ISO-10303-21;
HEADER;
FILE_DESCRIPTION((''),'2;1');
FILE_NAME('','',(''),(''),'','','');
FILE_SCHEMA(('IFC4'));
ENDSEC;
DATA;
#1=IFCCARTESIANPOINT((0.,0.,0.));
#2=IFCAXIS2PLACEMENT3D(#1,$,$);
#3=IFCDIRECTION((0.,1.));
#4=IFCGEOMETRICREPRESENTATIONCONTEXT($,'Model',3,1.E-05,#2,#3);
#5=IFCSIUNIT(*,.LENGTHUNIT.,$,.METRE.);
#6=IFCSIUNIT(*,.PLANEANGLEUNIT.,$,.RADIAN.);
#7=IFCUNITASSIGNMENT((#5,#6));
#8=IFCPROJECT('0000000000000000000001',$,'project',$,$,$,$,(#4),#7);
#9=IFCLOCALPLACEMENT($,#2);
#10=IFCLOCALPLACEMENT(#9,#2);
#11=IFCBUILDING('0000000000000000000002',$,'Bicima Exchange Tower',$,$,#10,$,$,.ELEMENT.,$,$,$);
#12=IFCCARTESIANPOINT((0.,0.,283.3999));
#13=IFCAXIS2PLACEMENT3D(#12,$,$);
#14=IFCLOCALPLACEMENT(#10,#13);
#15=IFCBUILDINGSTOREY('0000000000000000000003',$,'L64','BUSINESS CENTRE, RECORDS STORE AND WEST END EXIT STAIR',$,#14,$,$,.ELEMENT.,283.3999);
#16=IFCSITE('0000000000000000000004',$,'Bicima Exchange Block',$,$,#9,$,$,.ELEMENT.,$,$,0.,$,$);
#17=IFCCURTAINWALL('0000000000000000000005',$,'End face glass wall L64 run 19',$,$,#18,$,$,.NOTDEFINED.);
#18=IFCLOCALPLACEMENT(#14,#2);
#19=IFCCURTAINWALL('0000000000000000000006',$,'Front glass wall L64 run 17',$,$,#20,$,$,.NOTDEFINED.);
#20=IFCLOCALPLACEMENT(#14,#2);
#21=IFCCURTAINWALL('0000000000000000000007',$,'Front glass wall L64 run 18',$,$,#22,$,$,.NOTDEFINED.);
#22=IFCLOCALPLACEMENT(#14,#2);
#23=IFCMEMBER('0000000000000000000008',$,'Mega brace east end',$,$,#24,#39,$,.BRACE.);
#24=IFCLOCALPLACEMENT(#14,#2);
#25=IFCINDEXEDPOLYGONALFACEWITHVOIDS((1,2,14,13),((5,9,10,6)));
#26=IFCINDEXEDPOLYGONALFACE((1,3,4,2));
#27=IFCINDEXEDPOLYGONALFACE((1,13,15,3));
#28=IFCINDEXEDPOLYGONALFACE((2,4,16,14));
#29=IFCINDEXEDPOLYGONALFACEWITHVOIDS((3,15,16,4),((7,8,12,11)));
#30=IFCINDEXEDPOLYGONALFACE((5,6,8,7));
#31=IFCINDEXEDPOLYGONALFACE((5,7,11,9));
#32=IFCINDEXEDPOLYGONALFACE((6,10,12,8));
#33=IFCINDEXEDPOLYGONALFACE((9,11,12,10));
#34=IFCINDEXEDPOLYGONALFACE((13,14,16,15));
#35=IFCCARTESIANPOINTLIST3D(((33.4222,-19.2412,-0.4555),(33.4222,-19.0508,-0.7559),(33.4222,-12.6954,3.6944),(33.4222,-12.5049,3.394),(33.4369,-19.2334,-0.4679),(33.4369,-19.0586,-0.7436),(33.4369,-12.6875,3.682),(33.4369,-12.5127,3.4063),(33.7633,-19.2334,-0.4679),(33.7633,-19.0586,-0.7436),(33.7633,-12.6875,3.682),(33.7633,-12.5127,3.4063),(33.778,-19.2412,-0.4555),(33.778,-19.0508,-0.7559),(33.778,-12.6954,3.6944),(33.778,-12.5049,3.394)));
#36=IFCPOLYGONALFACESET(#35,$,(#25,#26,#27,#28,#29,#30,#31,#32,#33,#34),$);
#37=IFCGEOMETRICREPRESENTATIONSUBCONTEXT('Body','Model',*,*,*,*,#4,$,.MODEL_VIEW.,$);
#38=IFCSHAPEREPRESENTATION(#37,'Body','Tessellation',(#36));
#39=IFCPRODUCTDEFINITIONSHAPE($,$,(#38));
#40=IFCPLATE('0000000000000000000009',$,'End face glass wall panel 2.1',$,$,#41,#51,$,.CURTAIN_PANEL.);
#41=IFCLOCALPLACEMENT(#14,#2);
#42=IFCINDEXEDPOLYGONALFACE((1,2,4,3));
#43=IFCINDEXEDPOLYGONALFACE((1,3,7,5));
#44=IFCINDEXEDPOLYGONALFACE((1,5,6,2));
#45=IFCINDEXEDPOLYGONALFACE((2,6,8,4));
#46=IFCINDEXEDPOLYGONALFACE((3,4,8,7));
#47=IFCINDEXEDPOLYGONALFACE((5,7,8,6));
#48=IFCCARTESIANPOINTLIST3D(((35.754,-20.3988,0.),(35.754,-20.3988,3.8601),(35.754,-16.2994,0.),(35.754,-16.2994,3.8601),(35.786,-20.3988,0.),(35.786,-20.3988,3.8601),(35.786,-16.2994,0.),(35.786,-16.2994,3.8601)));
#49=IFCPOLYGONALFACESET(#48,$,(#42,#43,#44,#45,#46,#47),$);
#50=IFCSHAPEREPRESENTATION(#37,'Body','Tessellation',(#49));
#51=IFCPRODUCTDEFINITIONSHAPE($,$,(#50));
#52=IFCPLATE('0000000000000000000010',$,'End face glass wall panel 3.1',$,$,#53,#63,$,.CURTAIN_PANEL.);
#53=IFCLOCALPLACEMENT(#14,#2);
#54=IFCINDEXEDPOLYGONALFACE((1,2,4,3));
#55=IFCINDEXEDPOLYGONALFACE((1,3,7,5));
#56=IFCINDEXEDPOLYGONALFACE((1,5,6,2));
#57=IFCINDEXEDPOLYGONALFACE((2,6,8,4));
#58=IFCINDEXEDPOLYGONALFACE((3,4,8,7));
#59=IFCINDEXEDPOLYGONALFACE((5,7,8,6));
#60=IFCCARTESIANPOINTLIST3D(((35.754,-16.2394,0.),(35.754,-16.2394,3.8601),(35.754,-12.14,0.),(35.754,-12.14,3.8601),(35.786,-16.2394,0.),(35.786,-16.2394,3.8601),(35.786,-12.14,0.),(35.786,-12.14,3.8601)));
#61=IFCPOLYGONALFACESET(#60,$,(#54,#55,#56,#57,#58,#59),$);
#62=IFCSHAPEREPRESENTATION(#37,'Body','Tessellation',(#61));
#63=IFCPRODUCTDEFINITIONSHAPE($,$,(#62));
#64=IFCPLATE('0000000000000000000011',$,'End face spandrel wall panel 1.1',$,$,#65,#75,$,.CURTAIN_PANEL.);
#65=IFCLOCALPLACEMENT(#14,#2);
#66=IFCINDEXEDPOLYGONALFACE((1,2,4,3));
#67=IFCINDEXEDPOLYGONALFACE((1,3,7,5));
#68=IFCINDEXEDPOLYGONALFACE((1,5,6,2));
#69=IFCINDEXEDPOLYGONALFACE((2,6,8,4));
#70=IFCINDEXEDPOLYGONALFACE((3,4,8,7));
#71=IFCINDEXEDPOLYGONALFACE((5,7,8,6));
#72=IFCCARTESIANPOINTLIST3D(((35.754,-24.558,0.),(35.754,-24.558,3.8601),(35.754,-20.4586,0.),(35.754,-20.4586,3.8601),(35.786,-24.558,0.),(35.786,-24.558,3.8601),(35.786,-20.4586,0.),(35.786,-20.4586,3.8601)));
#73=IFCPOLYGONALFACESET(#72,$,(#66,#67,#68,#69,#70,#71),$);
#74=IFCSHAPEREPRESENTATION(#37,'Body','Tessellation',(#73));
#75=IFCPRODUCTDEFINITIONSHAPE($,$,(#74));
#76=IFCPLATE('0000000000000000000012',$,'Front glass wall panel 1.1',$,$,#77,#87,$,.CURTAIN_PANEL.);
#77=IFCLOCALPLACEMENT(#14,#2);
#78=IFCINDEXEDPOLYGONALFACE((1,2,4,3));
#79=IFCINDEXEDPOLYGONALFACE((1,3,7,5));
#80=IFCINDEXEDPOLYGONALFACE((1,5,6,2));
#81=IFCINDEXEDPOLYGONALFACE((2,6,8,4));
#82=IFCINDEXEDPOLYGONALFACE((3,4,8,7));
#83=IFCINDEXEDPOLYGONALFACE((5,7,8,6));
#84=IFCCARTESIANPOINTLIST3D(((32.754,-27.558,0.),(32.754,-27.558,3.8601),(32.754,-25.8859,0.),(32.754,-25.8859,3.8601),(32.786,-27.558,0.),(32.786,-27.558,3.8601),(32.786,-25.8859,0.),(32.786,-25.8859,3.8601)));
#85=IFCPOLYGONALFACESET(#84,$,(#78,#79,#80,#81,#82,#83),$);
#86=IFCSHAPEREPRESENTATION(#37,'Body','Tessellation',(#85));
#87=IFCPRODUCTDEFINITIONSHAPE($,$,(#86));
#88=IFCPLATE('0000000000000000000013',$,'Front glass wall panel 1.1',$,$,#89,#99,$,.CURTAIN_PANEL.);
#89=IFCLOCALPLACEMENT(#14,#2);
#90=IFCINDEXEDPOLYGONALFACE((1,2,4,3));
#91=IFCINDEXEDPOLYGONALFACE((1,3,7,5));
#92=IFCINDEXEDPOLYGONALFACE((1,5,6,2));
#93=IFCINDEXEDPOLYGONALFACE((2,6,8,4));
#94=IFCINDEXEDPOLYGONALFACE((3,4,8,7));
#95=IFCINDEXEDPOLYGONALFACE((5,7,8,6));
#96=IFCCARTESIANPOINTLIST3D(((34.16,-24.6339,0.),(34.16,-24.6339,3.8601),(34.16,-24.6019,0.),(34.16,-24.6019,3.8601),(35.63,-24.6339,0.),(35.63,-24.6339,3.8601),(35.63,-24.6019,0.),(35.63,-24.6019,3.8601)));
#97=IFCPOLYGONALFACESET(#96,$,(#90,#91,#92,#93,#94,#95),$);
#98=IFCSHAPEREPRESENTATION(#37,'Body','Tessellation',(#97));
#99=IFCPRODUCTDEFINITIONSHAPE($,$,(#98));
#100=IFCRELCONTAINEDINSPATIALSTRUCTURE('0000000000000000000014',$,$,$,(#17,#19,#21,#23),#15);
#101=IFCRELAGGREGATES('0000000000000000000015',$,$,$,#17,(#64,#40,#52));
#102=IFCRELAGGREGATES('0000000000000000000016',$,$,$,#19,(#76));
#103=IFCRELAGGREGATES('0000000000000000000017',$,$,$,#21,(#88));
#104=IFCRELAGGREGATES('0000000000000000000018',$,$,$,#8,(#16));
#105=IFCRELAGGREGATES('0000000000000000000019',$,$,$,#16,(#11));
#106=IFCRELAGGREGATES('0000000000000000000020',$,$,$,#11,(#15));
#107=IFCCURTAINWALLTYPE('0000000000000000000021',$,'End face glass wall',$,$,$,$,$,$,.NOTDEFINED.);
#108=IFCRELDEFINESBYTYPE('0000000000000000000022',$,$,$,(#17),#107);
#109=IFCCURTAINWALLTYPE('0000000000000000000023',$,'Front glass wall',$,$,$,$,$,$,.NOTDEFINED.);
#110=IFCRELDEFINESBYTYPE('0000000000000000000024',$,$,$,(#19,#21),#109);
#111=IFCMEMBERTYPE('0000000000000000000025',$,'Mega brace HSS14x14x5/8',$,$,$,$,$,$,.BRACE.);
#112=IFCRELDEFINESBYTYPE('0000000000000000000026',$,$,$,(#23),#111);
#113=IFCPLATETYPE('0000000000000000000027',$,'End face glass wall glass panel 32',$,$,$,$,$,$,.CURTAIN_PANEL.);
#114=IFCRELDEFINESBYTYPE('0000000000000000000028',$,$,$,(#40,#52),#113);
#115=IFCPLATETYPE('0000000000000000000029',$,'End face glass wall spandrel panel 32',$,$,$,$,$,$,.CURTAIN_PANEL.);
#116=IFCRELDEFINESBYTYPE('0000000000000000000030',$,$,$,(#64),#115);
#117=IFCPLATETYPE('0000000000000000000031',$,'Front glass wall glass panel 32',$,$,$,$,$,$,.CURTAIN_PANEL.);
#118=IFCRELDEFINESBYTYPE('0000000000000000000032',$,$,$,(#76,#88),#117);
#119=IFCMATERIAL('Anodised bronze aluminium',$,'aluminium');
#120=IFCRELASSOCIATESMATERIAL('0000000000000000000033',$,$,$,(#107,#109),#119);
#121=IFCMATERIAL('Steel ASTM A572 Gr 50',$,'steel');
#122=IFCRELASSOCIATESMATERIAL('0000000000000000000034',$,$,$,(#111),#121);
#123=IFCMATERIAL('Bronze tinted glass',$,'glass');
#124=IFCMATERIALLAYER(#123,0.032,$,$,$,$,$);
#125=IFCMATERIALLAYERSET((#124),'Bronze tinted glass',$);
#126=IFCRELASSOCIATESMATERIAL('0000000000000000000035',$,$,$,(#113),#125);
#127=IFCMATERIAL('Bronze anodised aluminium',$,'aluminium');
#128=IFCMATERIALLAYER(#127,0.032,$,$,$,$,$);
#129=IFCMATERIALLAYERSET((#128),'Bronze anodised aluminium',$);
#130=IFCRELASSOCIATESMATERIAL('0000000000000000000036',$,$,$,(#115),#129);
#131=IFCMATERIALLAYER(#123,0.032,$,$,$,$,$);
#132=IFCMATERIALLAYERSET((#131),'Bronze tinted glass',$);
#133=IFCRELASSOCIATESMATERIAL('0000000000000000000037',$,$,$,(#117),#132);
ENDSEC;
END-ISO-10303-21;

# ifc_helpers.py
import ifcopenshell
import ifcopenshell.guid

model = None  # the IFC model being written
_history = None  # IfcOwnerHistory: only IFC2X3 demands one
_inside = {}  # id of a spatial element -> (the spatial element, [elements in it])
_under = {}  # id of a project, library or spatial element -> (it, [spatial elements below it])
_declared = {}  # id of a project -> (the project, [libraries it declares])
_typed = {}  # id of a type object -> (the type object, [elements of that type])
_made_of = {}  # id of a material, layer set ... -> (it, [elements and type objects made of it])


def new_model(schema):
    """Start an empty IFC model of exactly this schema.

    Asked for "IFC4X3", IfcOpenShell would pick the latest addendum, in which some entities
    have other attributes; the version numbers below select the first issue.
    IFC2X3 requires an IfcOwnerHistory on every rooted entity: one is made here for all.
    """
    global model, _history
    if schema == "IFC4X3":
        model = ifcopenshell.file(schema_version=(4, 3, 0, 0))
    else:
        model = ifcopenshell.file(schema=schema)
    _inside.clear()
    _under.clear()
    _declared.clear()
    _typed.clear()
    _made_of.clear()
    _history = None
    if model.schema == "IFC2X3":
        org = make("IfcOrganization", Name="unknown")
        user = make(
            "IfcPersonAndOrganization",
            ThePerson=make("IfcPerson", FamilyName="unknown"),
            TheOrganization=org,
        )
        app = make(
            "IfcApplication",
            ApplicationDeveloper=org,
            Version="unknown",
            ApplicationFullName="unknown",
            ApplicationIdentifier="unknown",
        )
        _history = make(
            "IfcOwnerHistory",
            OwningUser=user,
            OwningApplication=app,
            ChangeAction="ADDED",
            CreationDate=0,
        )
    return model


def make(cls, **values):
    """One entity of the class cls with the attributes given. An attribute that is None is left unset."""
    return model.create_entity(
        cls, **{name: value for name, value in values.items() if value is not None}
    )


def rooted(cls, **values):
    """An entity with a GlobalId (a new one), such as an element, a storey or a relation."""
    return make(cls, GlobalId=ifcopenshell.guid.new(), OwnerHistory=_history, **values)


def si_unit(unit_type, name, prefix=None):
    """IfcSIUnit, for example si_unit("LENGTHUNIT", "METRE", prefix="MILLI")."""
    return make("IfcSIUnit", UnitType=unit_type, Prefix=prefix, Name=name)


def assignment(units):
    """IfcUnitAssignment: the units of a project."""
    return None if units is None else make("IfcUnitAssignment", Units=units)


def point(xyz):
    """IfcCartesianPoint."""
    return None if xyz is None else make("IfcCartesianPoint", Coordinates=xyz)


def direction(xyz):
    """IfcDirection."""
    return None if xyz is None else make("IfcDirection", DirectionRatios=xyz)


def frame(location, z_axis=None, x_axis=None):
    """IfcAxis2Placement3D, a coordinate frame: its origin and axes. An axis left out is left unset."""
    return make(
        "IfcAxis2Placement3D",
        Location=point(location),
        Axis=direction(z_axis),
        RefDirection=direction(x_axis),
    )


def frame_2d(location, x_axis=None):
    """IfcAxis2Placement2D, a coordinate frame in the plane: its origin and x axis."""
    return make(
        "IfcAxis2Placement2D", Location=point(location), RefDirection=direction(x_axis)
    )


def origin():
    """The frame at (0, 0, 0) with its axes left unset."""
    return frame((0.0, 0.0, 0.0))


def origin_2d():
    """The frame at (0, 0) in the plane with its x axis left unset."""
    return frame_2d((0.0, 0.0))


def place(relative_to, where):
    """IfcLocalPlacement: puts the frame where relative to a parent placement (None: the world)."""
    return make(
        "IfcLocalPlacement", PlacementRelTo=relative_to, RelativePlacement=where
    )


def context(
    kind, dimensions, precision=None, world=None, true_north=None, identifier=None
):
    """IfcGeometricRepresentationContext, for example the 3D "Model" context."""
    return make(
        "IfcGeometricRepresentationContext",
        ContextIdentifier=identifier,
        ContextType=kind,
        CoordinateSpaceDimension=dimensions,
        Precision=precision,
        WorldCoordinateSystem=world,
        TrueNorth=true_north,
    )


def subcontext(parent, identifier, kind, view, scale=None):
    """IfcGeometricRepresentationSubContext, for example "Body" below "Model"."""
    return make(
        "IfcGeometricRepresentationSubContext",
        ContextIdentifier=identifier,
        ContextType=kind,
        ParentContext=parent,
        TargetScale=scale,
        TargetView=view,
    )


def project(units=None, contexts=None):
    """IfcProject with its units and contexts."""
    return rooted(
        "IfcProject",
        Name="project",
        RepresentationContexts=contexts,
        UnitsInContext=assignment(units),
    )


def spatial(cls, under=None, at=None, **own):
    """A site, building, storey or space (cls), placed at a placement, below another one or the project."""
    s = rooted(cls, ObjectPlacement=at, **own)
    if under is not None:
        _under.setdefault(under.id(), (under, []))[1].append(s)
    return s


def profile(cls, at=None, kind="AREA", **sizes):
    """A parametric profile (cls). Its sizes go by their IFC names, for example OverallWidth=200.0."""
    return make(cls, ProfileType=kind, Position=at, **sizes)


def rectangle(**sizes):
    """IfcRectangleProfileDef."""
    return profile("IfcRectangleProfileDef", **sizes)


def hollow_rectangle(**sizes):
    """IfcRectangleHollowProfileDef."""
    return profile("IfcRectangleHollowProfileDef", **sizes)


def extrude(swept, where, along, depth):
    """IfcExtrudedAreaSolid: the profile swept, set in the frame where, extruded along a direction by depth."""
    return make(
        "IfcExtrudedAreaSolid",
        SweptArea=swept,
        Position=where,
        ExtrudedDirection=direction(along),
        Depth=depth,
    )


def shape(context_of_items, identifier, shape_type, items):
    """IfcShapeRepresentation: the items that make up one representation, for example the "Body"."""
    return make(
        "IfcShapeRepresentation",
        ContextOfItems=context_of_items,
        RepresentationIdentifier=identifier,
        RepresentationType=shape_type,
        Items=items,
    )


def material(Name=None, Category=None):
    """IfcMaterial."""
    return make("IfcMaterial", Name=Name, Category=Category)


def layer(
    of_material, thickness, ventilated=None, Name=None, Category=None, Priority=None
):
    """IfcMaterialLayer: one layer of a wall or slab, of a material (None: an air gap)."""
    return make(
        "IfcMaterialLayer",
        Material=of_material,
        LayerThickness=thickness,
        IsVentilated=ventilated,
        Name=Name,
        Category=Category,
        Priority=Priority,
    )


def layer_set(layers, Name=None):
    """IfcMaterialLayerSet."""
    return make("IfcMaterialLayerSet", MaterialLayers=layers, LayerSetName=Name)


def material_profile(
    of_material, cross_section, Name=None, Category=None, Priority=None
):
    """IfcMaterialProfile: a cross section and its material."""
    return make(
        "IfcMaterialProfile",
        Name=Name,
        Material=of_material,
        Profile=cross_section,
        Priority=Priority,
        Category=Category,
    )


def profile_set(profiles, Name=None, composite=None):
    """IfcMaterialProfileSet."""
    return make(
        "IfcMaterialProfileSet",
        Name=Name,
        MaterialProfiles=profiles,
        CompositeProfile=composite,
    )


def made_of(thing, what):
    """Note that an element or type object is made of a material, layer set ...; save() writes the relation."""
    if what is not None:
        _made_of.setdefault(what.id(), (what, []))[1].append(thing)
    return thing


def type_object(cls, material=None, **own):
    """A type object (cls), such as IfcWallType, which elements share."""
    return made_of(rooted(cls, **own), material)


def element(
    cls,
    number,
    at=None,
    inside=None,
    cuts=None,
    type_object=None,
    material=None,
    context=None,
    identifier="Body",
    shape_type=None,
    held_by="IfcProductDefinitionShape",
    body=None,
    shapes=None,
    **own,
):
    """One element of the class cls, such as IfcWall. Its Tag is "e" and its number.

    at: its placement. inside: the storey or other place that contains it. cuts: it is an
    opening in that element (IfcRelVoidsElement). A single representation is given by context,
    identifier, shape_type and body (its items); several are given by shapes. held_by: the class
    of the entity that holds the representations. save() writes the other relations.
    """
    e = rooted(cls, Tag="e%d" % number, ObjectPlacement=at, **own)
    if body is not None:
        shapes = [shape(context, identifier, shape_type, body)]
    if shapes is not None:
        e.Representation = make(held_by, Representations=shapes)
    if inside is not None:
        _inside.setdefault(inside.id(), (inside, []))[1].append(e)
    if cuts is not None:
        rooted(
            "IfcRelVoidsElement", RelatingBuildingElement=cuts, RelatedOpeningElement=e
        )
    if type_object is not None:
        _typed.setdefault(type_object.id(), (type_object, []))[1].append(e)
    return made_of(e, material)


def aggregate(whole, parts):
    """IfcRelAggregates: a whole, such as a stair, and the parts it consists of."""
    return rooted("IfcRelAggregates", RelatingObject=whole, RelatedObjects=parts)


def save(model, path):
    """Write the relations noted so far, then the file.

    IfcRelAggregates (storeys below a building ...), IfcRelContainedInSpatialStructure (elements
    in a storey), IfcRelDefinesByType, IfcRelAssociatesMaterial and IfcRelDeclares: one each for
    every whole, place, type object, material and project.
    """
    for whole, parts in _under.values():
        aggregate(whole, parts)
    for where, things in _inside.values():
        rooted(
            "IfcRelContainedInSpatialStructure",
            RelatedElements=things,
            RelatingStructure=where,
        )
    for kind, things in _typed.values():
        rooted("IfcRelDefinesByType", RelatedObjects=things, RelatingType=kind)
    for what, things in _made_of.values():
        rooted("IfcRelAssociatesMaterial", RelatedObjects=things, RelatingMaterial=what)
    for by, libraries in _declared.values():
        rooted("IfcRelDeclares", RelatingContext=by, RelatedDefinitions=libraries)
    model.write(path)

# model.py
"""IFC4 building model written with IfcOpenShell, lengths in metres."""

from ifc_helpers import new_model, si_unit, direction, frame, origin, origin_2d, place, context, subcontext, project, spatial, rectangle, hollow_rectangle, extrude, material, layer, layer_set, material_profile, profile_set, type_object, element, aggregate, save


model = new_model("IFC4")

# Units and contexts
model_context = context("Model", 3, precision=1e-05, world=origin(), true_north=direction((0.0, 1.0)))
body_context = subcontext(model_context, "Body", "Model", "MODEL_VIEW")
ifc_project = project(units=[si_unit("LENGTHUNIT", "METRE"), si_unit("PLANEANGLEUNIT", "RADIAN")], contexts=[model_context])

# Site, building, storey
site_placement = place(None, origin())
site = spatial("IfcSite", under=ifc_project, at=site_placement, Name="Bicima Exchange Block", CompositionType="ELEMENT", RefElevation=0.0)
building_placement = place(site_placement, origin())
building = spatial("IfcBuilding", under=site, at=building_placement, Name="Bicima Exchange Tower", CompositionType="ELEMENT")
storey_placement = place(building_placement, frame((0.0, 0.0, 283.3999)))
storey = spatial("IfcBuildingStorey", under=building, at=storey_placement, Name="L64", Description="BUSINESS CENTRE, RECORDS STORE AND WEST END EXIT STAIR", CompositionType="ELEMENT", Elevation=283.3999)

# Shared definitions
ifc_material_1 = material(Name="Steel ASTM A572 Gr 50", Category="steel")

# Curtain wall
ifc_material_2 = material(Name="Anodised bronze aluminium", Category="aluminium")
curtain_wall_type_1 = type_object("IfcCurtainWallType", Name="End face glass wall", PredefinedType="NOTDEFINED", material=ifc_material_2)
curtain_wall_1_placement = place(storey_placement, origin())
curtain_wall_1 = element("IfcCurtainWall", 1, at=curtain_wall_1_placement, inside=storey, type_object=curtain_wall_type_1, Name="End face glass wall L64 run 19", PredefinedType="NOTDEFINED")

# Curtain wall
curtain_wall_type_2 = type_object("IfcCurtainWallType", Name="Front glass wall", PredefinedType="NOTDEFINED", material=ifc_material_2)
curtain_wall_2_placement = place(storey_placement, origin())
curtain_wall_2 = element("IfcCurtainWall", 2, at=curtain_wall_2_placement, inside=storey, type_object=curtain_wall_type_2, Name="Front glass wall L64 run 17", PredefinedType="NOTDEFINED")

# Curtain wall
curtain_wall_3_placement = place(storey_placement, origin())
curtain_wall_3 = element("IfcCurtainWall", 3, at=curtain_wall_3_placement, inside=storey, type_object=curtain_wall_type_2, Name="Front glass wall L64 run 18", PredefinedType="NOTDEFINED")

# Member
ifc_material_profile_1 = material_profile(ifc_material_1, hollow_rectangle(XDim=0.3557, YDim=0.3557, WallThickness=0.0146, at=origin_2d()))
ifc_profile_set_1 = profile_set([ifc_material_profile_1], Name="Steel ASTM A572 Gr 50")
member_type_1 = type_object("IfcMemberType", Name="Mega brace HSS14x14x5/8", PredefinedType="BRACE", material=ifc_profile_set_1)
member_1_placement = place(storey_placement, frame((33.6001, -19.146, -0.6057), z_axis=(0.0, 0.844576, 0.535436), x_axis=(-1.0, 0.0, 0.0)))
element("IfcMember", 4, at=member_1_placement, inside=storey, type_object=member_type_1, Name="Mega brace east end", PredefinedType="BRACE", context=body_context, shape_type="SweptSolid", body=[
    extrude(hollow_rectangle(XDim=0.3557, YDim=0.3557, WallThickness=0.0146, at=origin_2d()), origin(), (0.0, 0.0, 1.0), 7.7505),
])

# Plates
ifc_material_3 = material(Name="Bronze tinted glass", Category="glass")
ifc_layer_1 = layer(ifc_material_3, 0.032)
ifc_layer_set_1 = layer_set([ifc_layer_1], Name="Bronze tinted glass")
plate_type_1 = type_object("IfcPlateType", Name="End face glass wall glass panel 32", PredefinedType="CURTAIN_PANEL", material=ifc_layer_set_1)
plate_1_placement = place(storey_placement, frame((35.77, -18.3491, 0.0), z_axis=(0.0, 0.0, 1.0), x_axis=(0.0, 1.0, 0.0)))
plate_1 = element("IfcPlate", 5, at=plate_1_placement, type_object=plate_type_1, Name="End face glass wall panel 2.1", PredefinedType="CURTAIN_PANEL", context=body_context, shape_type="SweptSolid", body=[
    extrude(rectangle(XDim=4.0994, YDim=0.032, at=origin_2d()), origin(), (0.0, 0.0, 1.0), 3.8601),
])
plate_2_placement = place(storey_placement, frame((35.77, -14.1897, 0.0), z_axis=(0.0, 0.0, 1.0), x_axis=(0.0, 1.0, 0.0)))
plate_2 = element("IfcPlate", 6, at=plate_2_placement, type_object=plate_type_1, Name="End face glass wall panel 3.1", PredefinedType="CURTAIN_PANEL", context=body_context, shape_type="SweptSolid", body=[
    extrude(rectangle(XDim=4.0994, YDim=0.032, at=origin_2d()), origin(), (0.0, 0.0, 1.0), 3.8601),
])
ifc_material_4 = material(Name="Bronze anodised aluminium", Category="aluminium")
ifc_layer_2 = layer(ifc_material_4, 0.032)
ifc_layer_set_2 = layer_set([ifc_layer_2], Name="Bronze anodised aluminium")
plate_type_2 = type_object("IfcPlateType", Name="End face glass wall spandrel panel 32", PredefinedType="CURTAIN_PANEL", material=ifc_layer_set_2)
plate_3_placement = place(storey_placement, frame((35.77, -22.5083, 0.0), z_axis=(0.0, 0.0, 1.0), x_axis=(0.0, 1.0, 0.0)))
plate_3 = element("IfcPlate", 7, at=plate_3_placement, type_object=plate_type_2, Name="End face spandrel wall panel 1.1", PredefinedType="CURTAIN_PANEL", context=body_context, shape_type="SweptSolid", body=[
    extrude(rectangle(XDim=4.0994, YDim=0.032, at=origin_2d()), origin(), (0.0, 0.0, 1.0), 3.8601),
])
aggregate(curtain_wall_1, [plate_3, plate_1, plate_2])
ifc_layer_3 = layer(ifc_material_3, 0.032)
ifc_layer_set_3 = layer_set([ifc_layer_3], Name="Bronze tinted glass")
plate_type_3 = type_object("IfcPlateType", Name="Front glass wall glass panel 32", PredefinedType="CURTAIN_PANEL", material=ifc_layer_set_3)
plate_4_placement = place(storey_placement, frame((32.77, -26.7219, 0.0), z_axis=(0.0, 0.0, 1.0), x_axis=(0.0, 1.0, 0.0)))
plate_4 = element("IfcPlate", 8, at=plate_4_placement, type_object=plate_type_3, Name="Front glass wall panel 1.1", PredefinedType="CURTAIN_PANEL", context=body_context, shape_type="SweptSolid", body=[
    extrude(rectangle(XDim=1.6721, YDim=0.032, at=origin_2d()), origin(), (0.0, 0.0, 1.0), 3.8601),
])
aggregate(curtain_wall_2, [plate_4])
plate_5_placement = place(storey_placement, frame((34.895, -24.6179, 0.0), z_axis=(0.0, 0.0, 1.0), x_axis=(1.0, 0.0, 0.0)))
plate_5 = element("IfcPlate", 9, at=plate_5_placement, type_object=plate_type_3, Name="Front glass wall panel 1.1", PredefinedType="CURTAIN_PANEL", context=body_context, shape_type="SweptSolid", body=[
    extrude(rectangle(XDim=1.47, YDim=0.032, at=origin_2d()), origin(), (0.0, 0.0, 1.0), 3.8601),
])
aggregate(curtain_wall_3, [plate_5])

save(model, "model.ifc")
